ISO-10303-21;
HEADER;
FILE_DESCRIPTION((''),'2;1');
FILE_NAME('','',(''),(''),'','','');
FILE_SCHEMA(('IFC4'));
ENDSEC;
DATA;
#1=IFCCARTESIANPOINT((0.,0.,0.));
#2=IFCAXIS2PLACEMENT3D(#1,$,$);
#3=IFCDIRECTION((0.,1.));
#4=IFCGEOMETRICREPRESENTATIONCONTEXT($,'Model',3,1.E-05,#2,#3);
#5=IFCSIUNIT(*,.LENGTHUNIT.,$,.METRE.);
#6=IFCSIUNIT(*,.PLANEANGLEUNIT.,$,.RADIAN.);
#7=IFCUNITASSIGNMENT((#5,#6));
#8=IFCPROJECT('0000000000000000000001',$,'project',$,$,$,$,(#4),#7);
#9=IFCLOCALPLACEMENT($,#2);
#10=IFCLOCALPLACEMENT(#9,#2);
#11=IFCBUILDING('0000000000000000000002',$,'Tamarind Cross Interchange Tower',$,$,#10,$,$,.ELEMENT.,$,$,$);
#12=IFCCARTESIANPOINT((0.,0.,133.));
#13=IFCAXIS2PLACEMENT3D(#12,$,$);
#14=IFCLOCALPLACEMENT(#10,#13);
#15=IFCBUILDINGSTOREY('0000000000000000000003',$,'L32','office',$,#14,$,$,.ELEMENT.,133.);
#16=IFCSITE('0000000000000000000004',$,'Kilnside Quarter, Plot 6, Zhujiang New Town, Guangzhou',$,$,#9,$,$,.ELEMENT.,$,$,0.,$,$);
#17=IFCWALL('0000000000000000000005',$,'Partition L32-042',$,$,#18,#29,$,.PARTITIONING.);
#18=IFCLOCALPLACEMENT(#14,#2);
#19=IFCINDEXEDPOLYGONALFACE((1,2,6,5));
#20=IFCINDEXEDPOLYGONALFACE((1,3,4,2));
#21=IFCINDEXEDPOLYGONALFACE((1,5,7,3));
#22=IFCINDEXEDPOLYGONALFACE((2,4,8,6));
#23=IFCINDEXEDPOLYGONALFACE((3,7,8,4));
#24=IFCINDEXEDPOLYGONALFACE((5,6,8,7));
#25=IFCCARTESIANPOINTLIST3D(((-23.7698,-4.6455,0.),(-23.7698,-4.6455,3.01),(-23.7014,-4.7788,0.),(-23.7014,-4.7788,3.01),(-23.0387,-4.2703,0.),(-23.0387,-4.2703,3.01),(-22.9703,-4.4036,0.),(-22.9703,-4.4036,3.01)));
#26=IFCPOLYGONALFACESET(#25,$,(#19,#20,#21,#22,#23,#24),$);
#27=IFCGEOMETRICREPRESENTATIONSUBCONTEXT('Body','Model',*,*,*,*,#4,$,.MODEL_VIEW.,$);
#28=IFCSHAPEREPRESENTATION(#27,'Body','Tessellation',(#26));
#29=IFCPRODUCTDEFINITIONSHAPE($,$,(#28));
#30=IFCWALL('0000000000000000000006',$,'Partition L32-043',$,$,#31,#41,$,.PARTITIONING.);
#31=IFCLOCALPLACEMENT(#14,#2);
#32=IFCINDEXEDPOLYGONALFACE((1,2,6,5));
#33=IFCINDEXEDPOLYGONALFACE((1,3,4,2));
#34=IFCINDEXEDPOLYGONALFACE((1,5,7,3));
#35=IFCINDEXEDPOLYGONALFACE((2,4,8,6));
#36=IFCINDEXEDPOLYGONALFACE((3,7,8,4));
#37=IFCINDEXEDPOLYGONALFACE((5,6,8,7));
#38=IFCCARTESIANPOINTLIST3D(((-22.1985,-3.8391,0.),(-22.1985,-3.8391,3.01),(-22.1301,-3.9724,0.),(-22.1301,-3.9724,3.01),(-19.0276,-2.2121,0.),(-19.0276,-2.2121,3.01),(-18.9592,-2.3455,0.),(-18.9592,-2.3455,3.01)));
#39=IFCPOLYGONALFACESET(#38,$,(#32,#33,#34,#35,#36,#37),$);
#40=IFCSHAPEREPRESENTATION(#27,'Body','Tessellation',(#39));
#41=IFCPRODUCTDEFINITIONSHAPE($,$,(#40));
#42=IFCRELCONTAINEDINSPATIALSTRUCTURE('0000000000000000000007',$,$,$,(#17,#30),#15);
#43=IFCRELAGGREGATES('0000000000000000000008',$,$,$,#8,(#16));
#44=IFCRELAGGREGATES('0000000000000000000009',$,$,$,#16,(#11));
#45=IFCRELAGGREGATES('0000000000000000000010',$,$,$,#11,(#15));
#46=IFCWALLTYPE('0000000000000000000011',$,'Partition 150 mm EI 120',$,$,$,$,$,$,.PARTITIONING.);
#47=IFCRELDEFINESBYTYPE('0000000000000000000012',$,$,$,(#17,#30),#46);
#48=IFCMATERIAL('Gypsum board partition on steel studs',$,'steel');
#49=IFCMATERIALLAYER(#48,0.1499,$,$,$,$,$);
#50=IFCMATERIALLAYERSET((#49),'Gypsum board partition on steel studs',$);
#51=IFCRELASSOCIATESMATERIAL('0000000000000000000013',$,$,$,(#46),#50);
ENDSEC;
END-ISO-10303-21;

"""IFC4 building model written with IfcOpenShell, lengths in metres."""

from ifc_helpers import new_model, si_unit, direction, frame, frame_2d, origin, place, context, subcontext, project, spatial, rectangle, extrude, material, layer, layer_set, type_object, element, save


model = new_model("IFC4")

# Units and contexts
model_context = context("Model", 3, precision=1e-05, world=origin(), true_north=direction((0.0, 1.0)))
body_context = subcontext(model_context, "Body", "Model", "MODEL_VIEW")
ifc_project = project(units=[si_unit("LENGTHUNIT", "METRE"), si_unit("PLANEANGLEUNIT", "RADIAN")], contexts=[model_context])

# Site, building, storey
site_placement = place(None, origin())
site = spatial("IfcSite", under=ifc_project, at=site_placement, Name="Kilnside Quarter, Plot 6, Zhujiang New Town, Guangzhou", CompositionType="ELEMENT", RefElevation=0.0)
building_placement = place(site_placement, origin())
building = spatial("IfcBuilding", under=site, at=building_placement, Name="Tamarind Cross Interchange Tower", CompositionType="ELEMENT")
storey_placement = place(building_placement, frame((0.0, 0.0, 133.0)))
storey = spatial("IfcBuildingStorey", under=building, at=storey_placement, Name="L32", Description="office", CompositionType="ELEMENT", Elevation=133.0)

# Walls
ifc_material_1 = material(Name="Gypsum board partition on steel studs", Category="steel")
ifc_layer_1 = layer(ifc_material_1, 0.1499)
ifc_layer_set_1 = layer_set([ifc_layer_1], Name="Gypsum board partition on steel studs")
wall_type_1 = type_object("IfcWallType", Name="Partition 150 mm EI 120", PredefinedType="PARTITIONING", material=ifc_layer_set_1)
wall_1_placement = place(storey_placement, frame((-23.7356, -4.7122, 0.0), z_axis=(0.0, 0.0, 1.0), x_axis=(0.889684, 0.456576, 0.0)))
element("IfcWall", 1, at=wall_1_placement, inside=storey, type_object=wall_type_1, Name="Partition L32-042", PredefinedType="PARTITIONING", context=body_context, shape_type="SweptSolid", body=[
    extrude(rectangle(XDim=0.8218, YDim=0.1499, at=frame_2d((0.4109, 0.0))), origin(), (0.0, 0.0, 1.0), 3.01),
])
wall_2_placement = place(storey_placement, frame((-22.1643, -3.9058, 0.0), z_axis=(0.0, 0.0, 1.0), x_axis=(0.88972, 0.456506, 0.0)))
element("IfcWall", 2, at=wall_2_placement, inside=storey, type_object=wall_type_1, Name="Partition L32-043", PredefinedType="PARTITIONING", context=body_context, shape_type="SweptSolid", body=[
    extrude(rectangle(XDim=3.564, YDim=0.1499, at=frame_2d((1.782, 0.0))), origin(), (0.0, 0.0, 1.0), 3.01),
])

save(model, "model.ifc")
